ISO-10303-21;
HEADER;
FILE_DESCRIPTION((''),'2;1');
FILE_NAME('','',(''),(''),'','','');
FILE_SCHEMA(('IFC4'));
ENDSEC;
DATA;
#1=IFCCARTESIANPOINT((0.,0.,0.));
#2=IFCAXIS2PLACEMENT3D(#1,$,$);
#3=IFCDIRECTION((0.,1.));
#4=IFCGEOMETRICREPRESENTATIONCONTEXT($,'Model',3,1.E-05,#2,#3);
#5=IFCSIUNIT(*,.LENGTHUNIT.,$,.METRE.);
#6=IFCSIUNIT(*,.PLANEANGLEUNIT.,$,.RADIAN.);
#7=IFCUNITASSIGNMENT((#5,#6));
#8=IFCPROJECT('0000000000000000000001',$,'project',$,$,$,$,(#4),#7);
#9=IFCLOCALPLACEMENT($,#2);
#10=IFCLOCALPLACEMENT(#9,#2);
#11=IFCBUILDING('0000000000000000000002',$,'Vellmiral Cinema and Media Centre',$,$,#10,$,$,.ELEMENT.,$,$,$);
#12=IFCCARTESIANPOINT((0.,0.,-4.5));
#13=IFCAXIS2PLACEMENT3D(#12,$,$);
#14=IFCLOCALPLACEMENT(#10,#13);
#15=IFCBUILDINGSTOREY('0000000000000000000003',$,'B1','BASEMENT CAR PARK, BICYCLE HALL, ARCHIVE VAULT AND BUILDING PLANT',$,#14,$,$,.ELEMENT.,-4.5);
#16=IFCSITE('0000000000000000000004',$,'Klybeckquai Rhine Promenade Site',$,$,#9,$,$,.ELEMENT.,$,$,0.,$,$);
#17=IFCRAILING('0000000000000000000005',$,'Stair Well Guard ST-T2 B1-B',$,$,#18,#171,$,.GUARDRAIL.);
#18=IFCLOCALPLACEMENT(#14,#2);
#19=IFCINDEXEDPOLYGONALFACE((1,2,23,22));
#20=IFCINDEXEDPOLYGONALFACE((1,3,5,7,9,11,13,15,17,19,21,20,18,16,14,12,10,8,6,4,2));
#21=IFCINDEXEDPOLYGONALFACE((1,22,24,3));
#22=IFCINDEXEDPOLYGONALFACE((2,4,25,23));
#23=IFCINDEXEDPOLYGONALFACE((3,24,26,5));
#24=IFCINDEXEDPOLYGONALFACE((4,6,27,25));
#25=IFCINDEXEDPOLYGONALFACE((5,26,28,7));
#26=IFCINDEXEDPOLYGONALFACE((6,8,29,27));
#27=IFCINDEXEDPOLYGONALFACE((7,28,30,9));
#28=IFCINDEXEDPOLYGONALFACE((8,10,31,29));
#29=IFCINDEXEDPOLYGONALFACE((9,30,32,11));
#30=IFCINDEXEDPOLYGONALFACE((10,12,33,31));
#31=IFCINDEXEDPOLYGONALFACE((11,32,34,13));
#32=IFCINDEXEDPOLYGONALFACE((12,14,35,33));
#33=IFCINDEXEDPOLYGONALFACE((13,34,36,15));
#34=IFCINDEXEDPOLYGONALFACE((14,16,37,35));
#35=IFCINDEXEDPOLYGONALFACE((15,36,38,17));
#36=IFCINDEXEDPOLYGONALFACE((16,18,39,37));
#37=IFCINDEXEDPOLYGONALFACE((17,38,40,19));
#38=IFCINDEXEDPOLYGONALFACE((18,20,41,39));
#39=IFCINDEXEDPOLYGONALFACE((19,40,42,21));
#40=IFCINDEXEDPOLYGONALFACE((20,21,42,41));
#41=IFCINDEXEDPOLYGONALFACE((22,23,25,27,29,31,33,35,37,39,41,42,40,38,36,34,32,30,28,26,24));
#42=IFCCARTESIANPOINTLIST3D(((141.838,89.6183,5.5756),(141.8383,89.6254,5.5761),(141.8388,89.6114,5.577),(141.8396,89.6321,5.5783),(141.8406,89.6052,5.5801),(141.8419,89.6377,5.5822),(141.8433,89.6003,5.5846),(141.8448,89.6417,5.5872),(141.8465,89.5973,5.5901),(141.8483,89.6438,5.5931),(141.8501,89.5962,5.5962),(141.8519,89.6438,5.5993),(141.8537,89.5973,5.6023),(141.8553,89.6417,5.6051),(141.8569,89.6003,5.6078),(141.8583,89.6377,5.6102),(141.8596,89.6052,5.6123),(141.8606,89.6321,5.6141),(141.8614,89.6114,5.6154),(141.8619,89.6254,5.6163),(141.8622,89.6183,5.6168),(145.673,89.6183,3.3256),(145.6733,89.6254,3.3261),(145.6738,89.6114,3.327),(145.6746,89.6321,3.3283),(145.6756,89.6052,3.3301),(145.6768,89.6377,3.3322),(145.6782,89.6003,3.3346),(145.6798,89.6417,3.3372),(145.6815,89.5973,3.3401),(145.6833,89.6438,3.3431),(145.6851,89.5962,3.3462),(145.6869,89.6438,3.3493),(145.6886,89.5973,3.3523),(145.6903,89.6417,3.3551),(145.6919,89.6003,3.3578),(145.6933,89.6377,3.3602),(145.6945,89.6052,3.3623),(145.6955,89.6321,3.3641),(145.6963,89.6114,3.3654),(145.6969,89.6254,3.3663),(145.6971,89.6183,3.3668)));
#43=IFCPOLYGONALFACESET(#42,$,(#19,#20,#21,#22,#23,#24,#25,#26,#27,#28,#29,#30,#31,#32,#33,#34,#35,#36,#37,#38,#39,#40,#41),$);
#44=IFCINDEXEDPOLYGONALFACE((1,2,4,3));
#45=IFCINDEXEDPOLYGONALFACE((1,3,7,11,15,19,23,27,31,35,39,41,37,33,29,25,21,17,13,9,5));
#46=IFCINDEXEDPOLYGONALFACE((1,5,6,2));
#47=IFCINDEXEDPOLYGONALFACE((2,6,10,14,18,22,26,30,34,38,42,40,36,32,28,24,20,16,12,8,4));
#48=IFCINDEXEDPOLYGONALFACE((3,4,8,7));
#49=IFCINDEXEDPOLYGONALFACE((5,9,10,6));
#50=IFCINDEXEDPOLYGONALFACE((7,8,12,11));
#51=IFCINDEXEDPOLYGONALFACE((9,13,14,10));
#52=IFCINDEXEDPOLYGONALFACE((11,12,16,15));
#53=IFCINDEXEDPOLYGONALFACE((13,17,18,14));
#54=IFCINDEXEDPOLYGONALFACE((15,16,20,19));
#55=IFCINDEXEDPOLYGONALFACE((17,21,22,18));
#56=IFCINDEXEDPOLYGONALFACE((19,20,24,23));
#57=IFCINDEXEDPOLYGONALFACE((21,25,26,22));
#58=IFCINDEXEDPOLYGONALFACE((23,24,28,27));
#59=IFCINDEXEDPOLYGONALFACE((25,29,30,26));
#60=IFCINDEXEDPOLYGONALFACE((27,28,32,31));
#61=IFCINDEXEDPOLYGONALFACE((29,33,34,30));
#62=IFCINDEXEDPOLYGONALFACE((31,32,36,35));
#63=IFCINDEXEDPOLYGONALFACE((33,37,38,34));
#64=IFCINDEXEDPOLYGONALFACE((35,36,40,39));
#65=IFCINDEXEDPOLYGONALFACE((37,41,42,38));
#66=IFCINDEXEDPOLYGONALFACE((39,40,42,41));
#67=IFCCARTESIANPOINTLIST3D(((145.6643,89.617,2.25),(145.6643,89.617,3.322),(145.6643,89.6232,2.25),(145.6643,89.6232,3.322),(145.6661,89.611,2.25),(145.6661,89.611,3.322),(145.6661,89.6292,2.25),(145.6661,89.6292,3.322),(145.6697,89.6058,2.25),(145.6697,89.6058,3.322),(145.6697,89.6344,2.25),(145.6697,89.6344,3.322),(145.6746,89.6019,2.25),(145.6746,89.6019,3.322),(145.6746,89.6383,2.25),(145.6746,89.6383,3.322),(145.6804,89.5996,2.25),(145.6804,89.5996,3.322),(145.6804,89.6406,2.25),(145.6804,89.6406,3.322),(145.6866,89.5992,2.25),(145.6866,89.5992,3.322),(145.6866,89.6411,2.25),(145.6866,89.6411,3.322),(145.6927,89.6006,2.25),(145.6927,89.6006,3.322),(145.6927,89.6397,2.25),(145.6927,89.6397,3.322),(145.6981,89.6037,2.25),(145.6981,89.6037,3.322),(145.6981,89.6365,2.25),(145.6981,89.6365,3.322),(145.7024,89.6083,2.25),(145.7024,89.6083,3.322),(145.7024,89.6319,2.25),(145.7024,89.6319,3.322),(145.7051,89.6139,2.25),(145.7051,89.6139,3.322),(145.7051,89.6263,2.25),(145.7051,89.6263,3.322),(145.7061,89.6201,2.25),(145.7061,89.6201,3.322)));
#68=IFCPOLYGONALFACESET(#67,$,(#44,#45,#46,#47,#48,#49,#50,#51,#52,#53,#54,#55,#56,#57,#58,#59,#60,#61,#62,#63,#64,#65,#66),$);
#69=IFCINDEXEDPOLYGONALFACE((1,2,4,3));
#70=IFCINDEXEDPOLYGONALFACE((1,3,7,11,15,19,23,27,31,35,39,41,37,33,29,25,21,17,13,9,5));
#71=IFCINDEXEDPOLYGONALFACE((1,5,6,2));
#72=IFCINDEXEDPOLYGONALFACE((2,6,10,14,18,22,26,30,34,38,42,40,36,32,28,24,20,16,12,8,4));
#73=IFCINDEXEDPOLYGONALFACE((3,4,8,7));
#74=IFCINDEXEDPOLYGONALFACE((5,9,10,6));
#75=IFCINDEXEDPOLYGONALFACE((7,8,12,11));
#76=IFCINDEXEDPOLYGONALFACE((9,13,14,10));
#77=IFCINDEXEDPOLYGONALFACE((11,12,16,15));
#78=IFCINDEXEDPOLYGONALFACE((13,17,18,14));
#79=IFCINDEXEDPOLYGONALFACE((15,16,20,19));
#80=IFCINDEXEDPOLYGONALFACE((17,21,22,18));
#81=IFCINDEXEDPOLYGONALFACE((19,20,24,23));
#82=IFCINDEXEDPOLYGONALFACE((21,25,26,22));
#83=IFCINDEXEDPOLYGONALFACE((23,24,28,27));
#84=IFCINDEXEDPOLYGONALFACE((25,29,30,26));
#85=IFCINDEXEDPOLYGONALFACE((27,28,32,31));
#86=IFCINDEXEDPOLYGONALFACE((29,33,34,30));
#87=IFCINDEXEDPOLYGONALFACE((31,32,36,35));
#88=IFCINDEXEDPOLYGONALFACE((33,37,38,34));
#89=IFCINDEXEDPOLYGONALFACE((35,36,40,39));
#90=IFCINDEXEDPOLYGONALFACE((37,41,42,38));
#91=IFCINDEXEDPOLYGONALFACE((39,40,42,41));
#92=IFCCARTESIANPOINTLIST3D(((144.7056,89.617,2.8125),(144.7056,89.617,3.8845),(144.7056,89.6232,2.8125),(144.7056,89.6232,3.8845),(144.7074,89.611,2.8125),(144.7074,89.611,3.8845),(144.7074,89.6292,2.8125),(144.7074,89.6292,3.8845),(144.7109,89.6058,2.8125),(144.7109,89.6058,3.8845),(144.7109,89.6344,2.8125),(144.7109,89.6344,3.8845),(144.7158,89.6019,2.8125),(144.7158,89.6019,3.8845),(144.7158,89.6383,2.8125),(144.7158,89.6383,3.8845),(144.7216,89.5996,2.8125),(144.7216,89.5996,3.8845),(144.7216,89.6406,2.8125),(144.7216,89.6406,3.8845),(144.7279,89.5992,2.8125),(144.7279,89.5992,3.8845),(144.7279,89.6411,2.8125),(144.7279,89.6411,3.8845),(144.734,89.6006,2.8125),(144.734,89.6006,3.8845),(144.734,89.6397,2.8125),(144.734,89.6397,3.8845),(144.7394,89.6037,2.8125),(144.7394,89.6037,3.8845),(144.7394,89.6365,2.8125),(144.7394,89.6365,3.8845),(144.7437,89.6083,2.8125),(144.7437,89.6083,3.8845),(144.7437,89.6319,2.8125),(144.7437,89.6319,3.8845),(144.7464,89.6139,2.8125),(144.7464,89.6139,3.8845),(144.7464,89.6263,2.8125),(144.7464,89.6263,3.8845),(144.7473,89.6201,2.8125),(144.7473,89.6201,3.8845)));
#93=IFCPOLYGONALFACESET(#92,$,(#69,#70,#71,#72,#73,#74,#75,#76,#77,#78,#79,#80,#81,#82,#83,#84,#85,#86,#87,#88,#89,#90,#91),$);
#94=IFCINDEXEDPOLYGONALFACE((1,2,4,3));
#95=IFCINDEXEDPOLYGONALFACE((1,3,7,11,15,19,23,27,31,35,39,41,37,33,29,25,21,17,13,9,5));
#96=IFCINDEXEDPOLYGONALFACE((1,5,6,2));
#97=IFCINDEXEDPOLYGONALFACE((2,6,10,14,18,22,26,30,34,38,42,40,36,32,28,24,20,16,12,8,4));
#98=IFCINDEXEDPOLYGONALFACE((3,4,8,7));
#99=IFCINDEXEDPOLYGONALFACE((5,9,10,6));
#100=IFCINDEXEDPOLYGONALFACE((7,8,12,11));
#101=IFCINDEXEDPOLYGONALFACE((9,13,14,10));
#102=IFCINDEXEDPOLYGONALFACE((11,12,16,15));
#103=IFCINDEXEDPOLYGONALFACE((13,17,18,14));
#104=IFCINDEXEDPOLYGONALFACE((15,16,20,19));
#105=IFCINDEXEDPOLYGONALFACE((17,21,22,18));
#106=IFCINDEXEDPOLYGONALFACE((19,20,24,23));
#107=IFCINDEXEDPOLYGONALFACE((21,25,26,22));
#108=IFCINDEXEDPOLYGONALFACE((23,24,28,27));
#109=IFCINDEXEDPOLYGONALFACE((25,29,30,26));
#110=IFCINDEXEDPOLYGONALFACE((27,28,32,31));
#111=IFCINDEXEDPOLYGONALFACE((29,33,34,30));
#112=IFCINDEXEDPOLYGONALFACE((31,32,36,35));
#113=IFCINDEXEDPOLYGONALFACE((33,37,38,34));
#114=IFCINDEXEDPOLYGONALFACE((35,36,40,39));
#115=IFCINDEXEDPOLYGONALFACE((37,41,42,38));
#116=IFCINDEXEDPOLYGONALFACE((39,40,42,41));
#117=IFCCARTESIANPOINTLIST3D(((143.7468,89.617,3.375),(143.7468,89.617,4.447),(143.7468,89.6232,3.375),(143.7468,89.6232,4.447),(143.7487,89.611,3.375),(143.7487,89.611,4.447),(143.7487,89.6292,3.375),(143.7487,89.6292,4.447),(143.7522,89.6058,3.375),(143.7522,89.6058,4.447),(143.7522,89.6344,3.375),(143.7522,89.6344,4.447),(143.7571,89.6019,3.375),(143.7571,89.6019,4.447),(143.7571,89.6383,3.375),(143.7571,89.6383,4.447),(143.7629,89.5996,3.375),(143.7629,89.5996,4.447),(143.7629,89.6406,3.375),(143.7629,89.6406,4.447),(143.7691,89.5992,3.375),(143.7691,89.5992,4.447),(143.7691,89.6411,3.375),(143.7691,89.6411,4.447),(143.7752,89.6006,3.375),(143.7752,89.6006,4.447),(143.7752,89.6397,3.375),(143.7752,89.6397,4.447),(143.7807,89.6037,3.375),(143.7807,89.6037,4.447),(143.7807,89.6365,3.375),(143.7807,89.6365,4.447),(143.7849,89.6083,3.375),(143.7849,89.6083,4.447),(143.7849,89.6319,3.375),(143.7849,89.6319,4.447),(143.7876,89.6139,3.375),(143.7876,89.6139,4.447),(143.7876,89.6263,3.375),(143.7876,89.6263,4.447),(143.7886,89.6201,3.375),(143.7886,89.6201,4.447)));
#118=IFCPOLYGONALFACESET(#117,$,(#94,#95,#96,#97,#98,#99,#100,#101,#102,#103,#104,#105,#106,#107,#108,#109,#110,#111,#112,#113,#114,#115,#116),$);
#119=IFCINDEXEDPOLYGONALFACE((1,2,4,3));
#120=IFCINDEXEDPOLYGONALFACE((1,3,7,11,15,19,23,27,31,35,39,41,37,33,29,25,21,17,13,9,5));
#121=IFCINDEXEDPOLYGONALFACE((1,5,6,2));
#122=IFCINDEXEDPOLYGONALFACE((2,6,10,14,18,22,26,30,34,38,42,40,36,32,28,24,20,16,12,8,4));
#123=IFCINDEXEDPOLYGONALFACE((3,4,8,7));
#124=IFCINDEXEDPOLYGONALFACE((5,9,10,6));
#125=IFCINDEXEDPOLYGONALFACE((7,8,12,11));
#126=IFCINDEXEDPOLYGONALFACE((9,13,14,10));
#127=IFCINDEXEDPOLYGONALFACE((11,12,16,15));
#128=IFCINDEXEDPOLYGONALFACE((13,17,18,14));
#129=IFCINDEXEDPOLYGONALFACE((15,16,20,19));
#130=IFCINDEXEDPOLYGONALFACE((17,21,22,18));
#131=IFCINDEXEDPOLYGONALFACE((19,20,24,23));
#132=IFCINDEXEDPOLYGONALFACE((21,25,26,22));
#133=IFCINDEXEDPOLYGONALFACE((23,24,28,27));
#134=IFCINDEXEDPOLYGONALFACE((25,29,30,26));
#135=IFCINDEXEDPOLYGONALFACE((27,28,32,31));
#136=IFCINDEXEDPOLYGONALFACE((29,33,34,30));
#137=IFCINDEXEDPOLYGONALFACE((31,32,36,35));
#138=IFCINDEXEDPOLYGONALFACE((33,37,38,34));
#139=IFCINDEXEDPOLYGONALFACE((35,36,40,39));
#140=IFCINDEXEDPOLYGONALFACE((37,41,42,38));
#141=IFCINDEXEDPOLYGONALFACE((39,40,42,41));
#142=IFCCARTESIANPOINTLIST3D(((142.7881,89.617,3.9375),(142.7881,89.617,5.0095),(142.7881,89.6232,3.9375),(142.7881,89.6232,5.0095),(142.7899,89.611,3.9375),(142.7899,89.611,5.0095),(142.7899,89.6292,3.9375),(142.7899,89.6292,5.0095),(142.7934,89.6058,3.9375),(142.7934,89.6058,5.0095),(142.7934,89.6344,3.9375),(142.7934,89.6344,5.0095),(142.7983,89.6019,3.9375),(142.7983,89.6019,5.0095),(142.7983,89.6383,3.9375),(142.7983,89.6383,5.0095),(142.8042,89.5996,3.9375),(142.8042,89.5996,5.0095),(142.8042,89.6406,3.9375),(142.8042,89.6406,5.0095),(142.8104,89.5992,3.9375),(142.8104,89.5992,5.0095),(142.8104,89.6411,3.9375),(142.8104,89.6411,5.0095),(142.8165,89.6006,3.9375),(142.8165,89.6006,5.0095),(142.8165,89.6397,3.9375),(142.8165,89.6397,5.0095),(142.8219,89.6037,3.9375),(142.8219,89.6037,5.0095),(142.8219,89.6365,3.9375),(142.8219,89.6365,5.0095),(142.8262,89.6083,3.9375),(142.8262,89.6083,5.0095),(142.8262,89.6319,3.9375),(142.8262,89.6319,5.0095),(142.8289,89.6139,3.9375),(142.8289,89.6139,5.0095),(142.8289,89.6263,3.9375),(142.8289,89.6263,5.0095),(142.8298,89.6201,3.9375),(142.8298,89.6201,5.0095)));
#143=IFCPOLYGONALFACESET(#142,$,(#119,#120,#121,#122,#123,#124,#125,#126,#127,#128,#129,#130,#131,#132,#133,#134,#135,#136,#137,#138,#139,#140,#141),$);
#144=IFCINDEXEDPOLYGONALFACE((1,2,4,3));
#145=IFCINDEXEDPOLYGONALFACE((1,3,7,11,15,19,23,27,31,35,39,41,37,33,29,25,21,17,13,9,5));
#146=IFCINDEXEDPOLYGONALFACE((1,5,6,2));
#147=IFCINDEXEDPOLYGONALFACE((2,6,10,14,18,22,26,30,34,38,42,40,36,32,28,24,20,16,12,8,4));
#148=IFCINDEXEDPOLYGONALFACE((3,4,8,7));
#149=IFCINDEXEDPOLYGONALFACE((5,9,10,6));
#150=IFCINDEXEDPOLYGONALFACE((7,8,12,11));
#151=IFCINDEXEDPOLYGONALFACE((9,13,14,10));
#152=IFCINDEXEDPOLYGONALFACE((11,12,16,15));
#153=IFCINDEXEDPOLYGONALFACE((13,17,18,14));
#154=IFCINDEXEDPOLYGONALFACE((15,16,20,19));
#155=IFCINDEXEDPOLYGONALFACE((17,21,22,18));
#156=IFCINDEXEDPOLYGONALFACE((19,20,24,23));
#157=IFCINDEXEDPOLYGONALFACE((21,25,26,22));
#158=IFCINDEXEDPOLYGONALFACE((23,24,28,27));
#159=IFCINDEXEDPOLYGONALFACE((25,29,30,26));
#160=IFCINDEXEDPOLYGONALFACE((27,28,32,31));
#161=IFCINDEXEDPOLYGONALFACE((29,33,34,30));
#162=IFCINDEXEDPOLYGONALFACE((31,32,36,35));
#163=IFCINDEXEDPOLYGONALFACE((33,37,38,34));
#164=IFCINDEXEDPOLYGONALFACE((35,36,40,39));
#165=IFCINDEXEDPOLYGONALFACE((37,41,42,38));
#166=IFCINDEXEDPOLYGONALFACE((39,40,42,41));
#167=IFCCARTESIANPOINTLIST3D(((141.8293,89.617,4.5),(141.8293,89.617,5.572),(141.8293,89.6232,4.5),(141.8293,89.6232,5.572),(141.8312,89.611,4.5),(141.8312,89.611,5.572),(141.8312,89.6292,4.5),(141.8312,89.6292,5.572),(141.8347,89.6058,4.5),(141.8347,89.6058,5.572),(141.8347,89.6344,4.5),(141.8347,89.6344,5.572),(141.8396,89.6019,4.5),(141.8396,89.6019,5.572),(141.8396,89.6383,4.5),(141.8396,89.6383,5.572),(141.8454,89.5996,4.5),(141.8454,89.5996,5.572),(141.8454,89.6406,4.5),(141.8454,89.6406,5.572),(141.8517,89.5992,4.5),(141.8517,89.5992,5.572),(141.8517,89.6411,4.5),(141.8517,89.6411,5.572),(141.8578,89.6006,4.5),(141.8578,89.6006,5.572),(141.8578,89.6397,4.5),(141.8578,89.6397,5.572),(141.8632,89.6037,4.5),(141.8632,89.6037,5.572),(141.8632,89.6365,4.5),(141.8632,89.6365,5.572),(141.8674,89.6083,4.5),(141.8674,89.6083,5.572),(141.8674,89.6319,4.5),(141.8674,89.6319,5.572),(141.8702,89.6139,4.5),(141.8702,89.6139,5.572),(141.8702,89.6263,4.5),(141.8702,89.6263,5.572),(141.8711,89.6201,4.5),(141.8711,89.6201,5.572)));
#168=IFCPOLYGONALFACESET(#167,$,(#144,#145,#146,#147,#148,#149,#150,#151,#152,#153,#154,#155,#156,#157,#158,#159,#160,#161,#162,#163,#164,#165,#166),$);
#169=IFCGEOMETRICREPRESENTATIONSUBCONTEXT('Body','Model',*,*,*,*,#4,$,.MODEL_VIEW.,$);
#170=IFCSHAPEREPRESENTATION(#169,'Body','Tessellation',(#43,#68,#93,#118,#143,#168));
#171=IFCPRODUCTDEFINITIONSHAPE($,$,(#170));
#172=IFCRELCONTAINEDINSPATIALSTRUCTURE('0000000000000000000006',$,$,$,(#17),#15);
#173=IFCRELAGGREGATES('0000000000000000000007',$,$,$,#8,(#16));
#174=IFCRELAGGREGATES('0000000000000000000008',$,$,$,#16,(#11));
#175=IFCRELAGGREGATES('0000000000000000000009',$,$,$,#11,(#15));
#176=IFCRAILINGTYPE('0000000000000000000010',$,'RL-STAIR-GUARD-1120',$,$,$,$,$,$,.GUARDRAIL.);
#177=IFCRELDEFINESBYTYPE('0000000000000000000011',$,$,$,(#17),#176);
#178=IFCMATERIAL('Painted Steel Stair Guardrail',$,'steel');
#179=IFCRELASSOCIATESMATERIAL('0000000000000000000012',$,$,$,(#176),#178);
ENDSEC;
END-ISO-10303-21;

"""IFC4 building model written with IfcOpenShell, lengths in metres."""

from ifc_helpers import new_model, si_unit, direction, frame, origin, origin_2d, place, context, subcontext, project, spatial, circle, extrude, material, type_object, element, save


model = new_model("IFC4")

# Units and contexts
model_context = context("Model", 3, precision=1e-05, world=origin(), true_north=direction((0.0, 1.0)))
body_context = subcontext(model_context, "Body", "Model", "MODEL_VIEW")
ifc_project = project(units=[si_unit("LENGTHUNIT", "METRE"), si_unit("PLANEANGLEUNIT", "RADIAN")], contexts=[model_context])

# Site, building, storey
site_placement = place(None, origin())
site = spatial("IfcSite", under=ifc_project, at=site_placement, Name="Klybeckquai Rhine Promenade Site", CompositionType="ELEMENT", RefElevation=0.0)
building_placement = place(site_placement, origin())
building = spatial("IfcBuilding", under=site, at=building_placement, Name="Vellmiral Cinema and Media Centre", CompositionType="ELEMENT")
storey_placement = place(building_placement, frame((0.0, 0.0, -4.5)))
storey = spatial("IfcBuildingStorey", under=building, at=storey_placement, Name="B1", Description="BASEMENT CAR PARK, BICYCLE HALL, ARCHIVE VAULT AND BUILDING PLANT", CompositionType="ELEMENT", Elevation=-4.5)

# Railing
ifc_material_1 = material(Name="Painted Steel Stair Guardrail", Category="steel")
railing_type_1 = type_object("IfcRailingType", Name="RL-STAIR-GUARD-1120", PredefinedType="GUARDRAIL", material=ifc_material_1)
railing_1_placement = place(storey_placement, frame((145.6851, 89.6201, 2.25)))
element("IfcRailing", 1, at=railing_1_placement, inside=storey, type_object=railing_type_1, Name="Stair Well Guard ST-T2 B1-B", PredefinedType="GUARDRAIL", context=body_context, shape_type="SweptSolid", body=[
    extrude(circle(Radius=0.0239, at=origin_2d()), frame((0.0, 0.0, 1.0962), z_axis=(-0.86251, 0.0, 0.506041), x_axis=(0.0, -1.0, 0.0)), (0.0, 0.0, 1.0), 4.4463),
    extrude(circle(Radius=0.021, at=origin_2d()), origin(), (0.0, 0.0, 1.0), 1.072),
    extrude(circle(Radius=0.021, at=origin_2d()), frame((-0.9587, 0.0, 0.5625)), (0.0, 0.0, 1.0), 1.072),
    extrude(circle(Radius=0.021, at=origin_2d()), frame((-1.9175, 0.0, 1.125)), (0.0, 0.0, 1.0), 1.072),
    extrude(circle(Radius=0.021, at=origin_2d()), frame((-2.8762, 0.0, 1.6875)), (0.0, 0.0, 1.0), 1.072),
    extrude(circle(Radius=0.021, at=origin_2d()), frame((-3.835, 0.0, 2.25)), (0.0, 0.0, 1.0), 1.072),
])

save(model, "model.ifc")
